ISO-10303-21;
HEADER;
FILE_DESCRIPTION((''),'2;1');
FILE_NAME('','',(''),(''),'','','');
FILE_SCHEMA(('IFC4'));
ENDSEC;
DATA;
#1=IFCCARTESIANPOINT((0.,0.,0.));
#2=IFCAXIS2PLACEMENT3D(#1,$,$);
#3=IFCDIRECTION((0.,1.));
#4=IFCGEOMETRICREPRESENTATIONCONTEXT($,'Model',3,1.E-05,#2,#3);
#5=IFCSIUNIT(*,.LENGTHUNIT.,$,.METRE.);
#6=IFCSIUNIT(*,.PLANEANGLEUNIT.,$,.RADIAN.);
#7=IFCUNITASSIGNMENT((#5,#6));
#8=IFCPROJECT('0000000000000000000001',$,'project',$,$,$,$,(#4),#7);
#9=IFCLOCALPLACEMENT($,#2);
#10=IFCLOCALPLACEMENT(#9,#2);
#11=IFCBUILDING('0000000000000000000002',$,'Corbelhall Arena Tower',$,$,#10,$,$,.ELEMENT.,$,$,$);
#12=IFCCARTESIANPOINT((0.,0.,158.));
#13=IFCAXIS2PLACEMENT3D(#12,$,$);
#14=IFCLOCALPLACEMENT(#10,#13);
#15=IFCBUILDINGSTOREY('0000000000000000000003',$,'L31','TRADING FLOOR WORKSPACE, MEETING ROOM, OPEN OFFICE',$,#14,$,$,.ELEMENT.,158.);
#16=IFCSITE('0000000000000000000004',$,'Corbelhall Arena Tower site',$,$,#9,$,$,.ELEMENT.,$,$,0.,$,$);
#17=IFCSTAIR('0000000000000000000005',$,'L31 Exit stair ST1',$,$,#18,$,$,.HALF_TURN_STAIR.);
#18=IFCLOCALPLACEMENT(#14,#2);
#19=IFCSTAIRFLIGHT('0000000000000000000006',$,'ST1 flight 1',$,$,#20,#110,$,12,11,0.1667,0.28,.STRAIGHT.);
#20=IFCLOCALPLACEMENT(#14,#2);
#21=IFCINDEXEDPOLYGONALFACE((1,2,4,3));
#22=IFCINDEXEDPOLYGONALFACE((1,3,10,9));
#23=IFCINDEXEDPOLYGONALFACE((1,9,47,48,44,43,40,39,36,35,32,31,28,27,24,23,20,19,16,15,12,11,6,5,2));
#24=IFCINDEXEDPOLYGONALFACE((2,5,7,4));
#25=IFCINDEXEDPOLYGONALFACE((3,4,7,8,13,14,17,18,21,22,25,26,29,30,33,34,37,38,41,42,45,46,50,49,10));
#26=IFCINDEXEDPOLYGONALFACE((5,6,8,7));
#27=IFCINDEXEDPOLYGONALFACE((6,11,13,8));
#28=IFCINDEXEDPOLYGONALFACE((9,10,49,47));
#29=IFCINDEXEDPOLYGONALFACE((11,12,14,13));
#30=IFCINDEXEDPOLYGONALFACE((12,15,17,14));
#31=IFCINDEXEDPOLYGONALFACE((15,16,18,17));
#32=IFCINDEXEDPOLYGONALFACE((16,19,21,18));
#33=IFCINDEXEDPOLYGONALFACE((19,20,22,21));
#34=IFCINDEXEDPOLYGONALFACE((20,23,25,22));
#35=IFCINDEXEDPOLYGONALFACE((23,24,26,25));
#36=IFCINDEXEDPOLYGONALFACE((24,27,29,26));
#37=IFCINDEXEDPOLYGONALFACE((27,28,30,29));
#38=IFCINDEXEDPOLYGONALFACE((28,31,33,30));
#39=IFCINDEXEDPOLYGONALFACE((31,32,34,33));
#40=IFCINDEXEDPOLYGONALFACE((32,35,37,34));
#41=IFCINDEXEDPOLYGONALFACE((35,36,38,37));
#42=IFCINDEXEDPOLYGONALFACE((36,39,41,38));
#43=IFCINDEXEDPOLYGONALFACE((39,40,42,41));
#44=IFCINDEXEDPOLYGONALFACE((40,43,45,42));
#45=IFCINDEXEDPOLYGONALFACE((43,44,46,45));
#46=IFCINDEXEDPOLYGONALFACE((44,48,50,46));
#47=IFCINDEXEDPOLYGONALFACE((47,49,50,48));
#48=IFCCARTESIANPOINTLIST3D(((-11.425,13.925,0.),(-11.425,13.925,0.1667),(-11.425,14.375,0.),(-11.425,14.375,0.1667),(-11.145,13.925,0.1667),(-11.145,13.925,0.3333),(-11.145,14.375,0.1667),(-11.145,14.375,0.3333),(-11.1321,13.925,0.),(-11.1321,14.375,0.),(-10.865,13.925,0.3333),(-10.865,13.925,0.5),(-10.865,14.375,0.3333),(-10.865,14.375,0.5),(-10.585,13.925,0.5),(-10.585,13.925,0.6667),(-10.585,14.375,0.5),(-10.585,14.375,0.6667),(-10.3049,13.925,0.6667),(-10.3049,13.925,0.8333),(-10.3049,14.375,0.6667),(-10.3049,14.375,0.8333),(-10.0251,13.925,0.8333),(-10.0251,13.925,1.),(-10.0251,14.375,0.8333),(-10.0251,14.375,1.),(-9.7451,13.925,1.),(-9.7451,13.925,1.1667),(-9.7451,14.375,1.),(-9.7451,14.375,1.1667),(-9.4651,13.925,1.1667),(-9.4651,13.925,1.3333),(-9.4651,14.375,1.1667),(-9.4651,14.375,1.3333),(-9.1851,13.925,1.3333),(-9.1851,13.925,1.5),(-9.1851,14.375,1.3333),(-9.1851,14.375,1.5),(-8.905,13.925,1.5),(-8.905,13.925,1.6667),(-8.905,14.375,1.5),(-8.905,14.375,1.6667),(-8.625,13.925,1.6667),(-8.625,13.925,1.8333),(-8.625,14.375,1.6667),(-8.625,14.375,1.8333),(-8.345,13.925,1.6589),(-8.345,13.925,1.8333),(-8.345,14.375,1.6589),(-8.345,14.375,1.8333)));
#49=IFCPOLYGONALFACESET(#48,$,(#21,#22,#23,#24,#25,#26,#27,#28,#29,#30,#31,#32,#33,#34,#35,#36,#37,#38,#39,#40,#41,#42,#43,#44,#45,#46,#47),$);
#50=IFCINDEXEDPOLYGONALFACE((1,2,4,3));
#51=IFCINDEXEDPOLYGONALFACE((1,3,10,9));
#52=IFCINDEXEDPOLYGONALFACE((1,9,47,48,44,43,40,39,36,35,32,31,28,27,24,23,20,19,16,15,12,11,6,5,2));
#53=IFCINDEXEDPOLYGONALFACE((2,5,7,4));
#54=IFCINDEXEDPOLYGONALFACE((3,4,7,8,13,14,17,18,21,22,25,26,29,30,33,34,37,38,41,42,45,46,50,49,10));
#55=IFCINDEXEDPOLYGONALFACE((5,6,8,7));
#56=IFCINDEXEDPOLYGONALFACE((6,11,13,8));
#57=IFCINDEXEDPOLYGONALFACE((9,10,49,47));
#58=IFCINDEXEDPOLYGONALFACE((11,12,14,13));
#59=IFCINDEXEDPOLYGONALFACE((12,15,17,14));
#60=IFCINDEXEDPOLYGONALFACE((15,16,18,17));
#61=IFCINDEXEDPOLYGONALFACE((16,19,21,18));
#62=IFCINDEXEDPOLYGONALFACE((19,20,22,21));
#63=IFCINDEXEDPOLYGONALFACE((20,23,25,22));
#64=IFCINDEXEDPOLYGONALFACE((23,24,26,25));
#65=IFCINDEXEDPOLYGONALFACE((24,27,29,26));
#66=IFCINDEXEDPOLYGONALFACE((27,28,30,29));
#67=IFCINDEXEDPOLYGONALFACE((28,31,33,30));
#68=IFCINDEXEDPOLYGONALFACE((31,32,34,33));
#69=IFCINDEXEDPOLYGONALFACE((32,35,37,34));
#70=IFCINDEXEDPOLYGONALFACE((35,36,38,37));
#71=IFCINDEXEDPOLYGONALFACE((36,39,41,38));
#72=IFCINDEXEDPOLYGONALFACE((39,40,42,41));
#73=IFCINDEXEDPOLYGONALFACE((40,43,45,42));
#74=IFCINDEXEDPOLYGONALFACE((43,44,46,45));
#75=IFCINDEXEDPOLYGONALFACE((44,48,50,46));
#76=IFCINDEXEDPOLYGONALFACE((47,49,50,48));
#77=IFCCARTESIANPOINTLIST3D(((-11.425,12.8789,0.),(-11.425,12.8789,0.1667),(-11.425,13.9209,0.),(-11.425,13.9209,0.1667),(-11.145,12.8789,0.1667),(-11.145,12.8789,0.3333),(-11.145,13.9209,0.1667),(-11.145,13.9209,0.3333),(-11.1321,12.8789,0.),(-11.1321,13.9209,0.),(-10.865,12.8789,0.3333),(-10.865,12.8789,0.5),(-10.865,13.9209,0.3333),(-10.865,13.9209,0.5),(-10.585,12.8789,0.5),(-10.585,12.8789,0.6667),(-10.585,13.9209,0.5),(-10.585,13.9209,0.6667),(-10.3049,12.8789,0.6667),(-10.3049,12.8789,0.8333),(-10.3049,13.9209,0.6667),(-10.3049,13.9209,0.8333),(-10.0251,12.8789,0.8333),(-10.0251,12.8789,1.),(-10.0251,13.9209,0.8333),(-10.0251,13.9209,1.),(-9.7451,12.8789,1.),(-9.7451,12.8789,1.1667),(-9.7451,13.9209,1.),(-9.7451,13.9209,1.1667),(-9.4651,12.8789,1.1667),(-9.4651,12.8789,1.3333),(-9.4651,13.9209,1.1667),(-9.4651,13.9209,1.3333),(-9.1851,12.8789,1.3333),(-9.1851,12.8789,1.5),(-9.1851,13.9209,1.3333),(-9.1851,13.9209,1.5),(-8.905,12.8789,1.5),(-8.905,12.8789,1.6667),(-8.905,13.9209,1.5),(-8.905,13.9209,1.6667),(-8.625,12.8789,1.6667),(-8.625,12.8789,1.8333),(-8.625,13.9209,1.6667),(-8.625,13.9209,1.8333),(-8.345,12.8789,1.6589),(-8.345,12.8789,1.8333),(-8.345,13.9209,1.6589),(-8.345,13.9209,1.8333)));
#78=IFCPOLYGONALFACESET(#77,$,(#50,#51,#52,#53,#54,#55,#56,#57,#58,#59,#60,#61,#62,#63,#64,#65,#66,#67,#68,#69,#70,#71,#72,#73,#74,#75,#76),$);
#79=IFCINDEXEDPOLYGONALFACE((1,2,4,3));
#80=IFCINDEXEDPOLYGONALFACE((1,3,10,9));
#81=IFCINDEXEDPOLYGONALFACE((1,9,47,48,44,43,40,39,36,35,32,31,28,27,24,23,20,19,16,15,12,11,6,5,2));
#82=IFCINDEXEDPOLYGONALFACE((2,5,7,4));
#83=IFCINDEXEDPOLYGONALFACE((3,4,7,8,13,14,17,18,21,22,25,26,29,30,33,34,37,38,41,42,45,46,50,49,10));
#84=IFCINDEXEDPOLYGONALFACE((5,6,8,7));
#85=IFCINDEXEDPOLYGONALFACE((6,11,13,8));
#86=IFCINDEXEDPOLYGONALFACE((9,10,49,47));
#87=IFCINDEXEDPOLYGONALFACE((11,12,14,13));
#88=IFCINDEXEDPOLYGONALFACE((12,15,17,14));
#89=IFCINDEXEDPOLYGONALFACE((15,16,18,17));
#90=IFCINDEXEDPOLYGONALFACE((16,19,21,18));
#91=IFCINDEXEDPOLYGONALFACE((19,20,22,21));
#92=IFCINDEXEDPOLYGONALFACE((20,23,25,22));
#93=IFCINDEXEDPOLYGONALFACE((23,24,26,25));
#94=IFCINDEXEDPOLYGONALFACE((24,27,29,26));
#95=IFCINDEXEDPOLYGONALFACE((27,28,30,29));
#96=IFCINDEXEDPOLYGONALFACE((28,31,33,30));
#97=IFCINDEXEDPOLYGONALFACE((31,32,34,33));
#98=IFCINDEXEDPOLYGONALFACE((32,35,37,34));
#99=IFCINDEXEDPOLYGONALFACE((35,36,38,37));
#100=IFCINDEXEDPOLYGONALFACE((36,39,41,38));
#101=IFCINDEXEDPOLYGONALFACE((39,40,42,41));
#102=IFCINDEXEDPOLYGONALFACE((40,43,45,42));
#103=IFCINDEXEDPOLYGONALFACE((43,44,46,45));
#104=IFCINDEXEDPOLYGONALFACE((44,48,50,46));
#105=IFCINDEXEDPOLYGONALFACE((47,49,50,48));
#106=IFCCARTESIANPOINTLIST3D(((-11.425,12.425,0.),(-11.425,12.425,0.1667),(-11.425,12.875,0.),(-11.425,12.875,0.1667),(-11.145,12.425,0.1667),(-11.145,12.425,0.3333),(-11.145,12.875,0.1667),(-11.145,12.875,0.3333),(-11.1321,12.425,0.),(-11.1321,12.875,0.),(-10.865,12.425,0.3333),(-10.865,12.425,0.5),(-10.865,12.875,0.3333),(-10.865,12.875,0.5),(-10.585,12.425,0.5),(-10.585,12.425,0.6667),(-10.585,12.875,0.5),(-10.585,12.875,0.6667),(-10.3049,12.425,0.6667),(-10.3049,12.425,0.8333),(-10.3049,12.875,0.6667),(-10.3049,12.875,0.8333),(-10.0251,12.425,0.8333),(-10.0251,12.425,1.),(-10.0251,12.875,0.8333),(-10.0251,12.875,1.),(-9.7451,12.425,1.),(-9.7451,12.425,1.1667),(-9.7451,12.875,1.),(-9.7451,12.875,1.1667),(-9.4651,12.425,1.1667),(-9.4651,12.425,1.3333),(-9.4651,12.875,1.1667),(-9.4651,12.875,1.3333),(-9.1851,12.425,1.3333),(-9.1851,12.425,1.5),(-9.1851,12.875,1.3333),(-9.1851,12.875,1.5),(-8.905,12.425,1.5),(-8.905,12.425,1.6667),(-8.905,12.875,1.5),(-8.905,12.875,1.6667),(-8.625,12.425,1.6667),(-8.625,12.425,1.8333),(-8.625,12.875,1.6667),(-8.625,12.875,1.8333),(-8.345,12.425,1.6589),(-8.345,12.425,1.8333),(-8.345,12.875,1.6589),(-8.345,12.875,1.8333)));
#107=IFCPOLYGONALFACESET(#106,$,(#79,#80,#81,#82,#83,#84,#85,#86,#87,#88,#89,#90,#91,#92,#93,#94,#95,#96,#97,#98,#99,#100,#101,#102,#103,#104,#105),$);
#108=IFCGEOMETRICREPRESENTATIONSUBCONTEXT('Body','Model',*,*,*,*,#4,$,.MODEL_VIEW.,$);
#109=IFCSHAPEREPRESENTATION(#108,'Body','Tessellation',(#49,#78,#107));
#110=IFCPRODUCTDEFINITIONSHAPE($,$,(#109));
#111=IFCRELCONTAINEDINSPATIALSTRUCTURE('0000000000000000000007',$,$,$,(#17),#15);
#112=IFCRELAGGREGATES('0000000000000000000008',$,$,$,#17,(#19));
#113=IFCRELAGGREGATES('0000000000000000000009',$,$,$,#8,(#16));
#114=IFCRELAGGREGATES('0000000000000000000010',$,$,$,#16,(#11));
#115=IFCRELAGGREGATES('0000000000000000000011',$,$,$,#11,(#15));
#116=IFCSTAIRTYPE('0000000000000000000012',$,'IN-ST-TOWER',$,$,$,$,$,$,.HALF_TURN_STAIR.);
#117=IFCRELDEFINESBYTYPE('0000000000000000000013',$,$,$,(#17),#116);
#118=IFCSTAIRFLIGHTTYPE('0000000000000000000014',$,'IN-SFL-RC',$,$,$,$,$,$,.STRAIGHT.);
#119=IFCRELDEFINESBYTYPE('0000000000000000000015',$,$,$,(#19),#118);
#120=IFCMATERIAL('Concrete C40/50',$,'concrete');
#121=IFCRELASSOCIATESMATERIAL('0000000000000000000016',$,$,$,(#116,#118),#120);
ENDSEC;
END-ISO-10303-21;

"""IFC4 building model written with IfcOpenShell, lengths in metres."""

from ifc_helpers import new_model, si_unit, direction, frame, origin, place, context, subcontext, project, spatial, polyline, outline, extrude, material, type_object, element, aggregate, save


model = new_model("IFC4")

# Units and contexts
model_context = context("Model", 3, precision=1e-05, world=origin(), true_north=direction((0.0, 1.0)))
body_context = subcontext(model_context, "Body", "Model", "MODEL_VIEW")
ifc_project = project(units=[si_unit("LENGTHUNIT", "METRE"), si_unit("PLANEANGLEUNIT", "RADIAN")], contexts=[model_context])

# Site, building, storey
site_placement = place(None, origin())
site = spatial("IfcSite", under=ifc_project, at=site_placement, Name="Corbelhall Arena Tower site", CompositionType="ELEMENT", RefElevation=0.0)
building_placement = place(site_placement, origin())
building = spatial("IfcBuilding", under=site, at=building_placement, Name="Corbelhall Arena Tower", CompositionType="ELEMENT")
storey_placement = place(building_placement, frame((0.0, 0.0, 158.0)))
storey = spatial("IfcBuildingStorey", under=building, at=storey_placement, Name="L31", Description="TRADING FLOOR WORKSPACE, MEETING ROOM, OPEN OFFICE", CompositionType="ELEMENT", Elevation=158.0)

# Shared definitions
ifc_material_1 = material(Name="Concrete C40/50", Category="concrete")

# Stair, stair flight
stair_type = type_object("IfcStairType", Name="IN-ST-TOWER", PredefinedType="HALF_TURN_STAIR", material=ifc_material_1)
stair_placement = place(storey_placement, origin())
stair = element("IfcStair", 1, at=stair_placement, inside=storey, type_object=stair_type, Name="L31 Exit stair ST1", PredefinedType="HALF_TURN_STAIR")
stair_flight_type = type_object("IfcStairFlightType", Name="IN-SFL-RC", PredefinedType="STRAIGHT", material=ifc_material_1)
stair_flight_placement = place(storey_placement, frame((-11.425, 13.3999, 0.0), z_axis=(0.0, 0.0, 1.0), x_axis=(1.0, 0.0, 0.0)))
stair_flight = element("IfcStairFlight", 2, at=stair_flight_placement, type_object=stair_flight_type, Name="ST1 flight 1", NumberOfRisers=12, NumberOfTreads=11, PredefinedType="STRAIGHT", RiserHeight=0.1667, TreadLength=0.28, context=body_context, shape_type="SweptSolid", body=[
    extrude(outline(polyline([(0.0, 0.0), (0.0, 0.1667), (0.28, 0.1667), (0.28, 0.3333), (0.5601, 0.3333), (0.5601, 0.5), (0.8401, 0.5), (0.8401, 0.6667), (1.1201, 0.6667), (1.1201, 0.8333), (1.3999, 0.8333), (1.3999, 1.0), (1.6799, 1.0), (1.6799, 1.1667), (1.96, 1.1667), (1.96, 1.3333), (2.24, 1.3333), (2.24, 1.5), (2.52, 1.5), (2.52, 1.6667), (2.8, 1.6667), (2.8, 1.8333), (3.0801, 1.8333), (3.0801, 2.0), (3.0801, 1.6589), (0.293, 0.0), (0.0, 0.0)])), frame((0.0, 0.9751, 0.0), z_axis=(0.0, -1.0, 0.0), x_axis=(1.0, 0.0, 0.0)), (0.0, 0.0, 1.0), 0.45),
    extrude(outline(polyline([(0.0, 0.0), (0.0, 0.1667), (0.28, 0.1667), (0.28, 0.3333), (0.5601, 0.3333), (0.5601, 0.5), (0.8401, 0.5), (0.8401, 0.6667), (1.1201, 0.6667), (1.1201, 0.8333), (1.3999, 0.8333), (1.3999, 1.0), (1.6799, 1.0), (1.6799, 1.1667), (1.96, 1.1667), (1.96, 1.3333), (2.24, 1.3333), (2.24, 1.5), (2.52, 1.5), (2.52, 1.6667), (2.8, 1.6667), (2.8, 1.8333), (3.0801, 1.8333), (3.0801, 2.0), (3.0801, 1.6589), (0.293, 0.0), (0.0, 0.0)])), frame((0.0, 0.521, 0.0), z_axis=(0.0, -1.0, 0.0), x_axis=(1.0, 0.0, 0.0)), (0.0, 0.0, 1.0), 1.042),
    extrude(outline(polyline([(0.0, 0.0), (0.0, 0.1667), (0.28, 0.1667), (0.28, 0.3333), (0.5601, 0.3333), (0.5601, 0.5), (0.8401, 0.5), (0.8401, 0.6667), (1.1201, 0.6667), (1.1201, 0.8333), (1.3999, 0.8333), (1.3999, 1.0), (1.6799, 1.0), (1.6799, 1.1667), (1.96, 1.1667), (1.96, 1.3333), (2.24, 1.3333), (2.24, 1.5), (2.52, 1.5), (2.52, 1.6667), (2.8, 1.6667), (2.8, 1.8333), (3.0801, 1.8333), (3.0801, 2.0), (3.0801, 1.6589), (0.293, 0.0), (0.0, 0.0)])), frame((0.0, -0.5249, 0.0), z_axis=(0.0, -1.0, 0.0), x_axis=(1.0, 0.0, 0.0)), (0.0, 0.0, 1.0), 0.45),
])
aggregate(stair, [stair_flight])

save(model, "model.ifc")
